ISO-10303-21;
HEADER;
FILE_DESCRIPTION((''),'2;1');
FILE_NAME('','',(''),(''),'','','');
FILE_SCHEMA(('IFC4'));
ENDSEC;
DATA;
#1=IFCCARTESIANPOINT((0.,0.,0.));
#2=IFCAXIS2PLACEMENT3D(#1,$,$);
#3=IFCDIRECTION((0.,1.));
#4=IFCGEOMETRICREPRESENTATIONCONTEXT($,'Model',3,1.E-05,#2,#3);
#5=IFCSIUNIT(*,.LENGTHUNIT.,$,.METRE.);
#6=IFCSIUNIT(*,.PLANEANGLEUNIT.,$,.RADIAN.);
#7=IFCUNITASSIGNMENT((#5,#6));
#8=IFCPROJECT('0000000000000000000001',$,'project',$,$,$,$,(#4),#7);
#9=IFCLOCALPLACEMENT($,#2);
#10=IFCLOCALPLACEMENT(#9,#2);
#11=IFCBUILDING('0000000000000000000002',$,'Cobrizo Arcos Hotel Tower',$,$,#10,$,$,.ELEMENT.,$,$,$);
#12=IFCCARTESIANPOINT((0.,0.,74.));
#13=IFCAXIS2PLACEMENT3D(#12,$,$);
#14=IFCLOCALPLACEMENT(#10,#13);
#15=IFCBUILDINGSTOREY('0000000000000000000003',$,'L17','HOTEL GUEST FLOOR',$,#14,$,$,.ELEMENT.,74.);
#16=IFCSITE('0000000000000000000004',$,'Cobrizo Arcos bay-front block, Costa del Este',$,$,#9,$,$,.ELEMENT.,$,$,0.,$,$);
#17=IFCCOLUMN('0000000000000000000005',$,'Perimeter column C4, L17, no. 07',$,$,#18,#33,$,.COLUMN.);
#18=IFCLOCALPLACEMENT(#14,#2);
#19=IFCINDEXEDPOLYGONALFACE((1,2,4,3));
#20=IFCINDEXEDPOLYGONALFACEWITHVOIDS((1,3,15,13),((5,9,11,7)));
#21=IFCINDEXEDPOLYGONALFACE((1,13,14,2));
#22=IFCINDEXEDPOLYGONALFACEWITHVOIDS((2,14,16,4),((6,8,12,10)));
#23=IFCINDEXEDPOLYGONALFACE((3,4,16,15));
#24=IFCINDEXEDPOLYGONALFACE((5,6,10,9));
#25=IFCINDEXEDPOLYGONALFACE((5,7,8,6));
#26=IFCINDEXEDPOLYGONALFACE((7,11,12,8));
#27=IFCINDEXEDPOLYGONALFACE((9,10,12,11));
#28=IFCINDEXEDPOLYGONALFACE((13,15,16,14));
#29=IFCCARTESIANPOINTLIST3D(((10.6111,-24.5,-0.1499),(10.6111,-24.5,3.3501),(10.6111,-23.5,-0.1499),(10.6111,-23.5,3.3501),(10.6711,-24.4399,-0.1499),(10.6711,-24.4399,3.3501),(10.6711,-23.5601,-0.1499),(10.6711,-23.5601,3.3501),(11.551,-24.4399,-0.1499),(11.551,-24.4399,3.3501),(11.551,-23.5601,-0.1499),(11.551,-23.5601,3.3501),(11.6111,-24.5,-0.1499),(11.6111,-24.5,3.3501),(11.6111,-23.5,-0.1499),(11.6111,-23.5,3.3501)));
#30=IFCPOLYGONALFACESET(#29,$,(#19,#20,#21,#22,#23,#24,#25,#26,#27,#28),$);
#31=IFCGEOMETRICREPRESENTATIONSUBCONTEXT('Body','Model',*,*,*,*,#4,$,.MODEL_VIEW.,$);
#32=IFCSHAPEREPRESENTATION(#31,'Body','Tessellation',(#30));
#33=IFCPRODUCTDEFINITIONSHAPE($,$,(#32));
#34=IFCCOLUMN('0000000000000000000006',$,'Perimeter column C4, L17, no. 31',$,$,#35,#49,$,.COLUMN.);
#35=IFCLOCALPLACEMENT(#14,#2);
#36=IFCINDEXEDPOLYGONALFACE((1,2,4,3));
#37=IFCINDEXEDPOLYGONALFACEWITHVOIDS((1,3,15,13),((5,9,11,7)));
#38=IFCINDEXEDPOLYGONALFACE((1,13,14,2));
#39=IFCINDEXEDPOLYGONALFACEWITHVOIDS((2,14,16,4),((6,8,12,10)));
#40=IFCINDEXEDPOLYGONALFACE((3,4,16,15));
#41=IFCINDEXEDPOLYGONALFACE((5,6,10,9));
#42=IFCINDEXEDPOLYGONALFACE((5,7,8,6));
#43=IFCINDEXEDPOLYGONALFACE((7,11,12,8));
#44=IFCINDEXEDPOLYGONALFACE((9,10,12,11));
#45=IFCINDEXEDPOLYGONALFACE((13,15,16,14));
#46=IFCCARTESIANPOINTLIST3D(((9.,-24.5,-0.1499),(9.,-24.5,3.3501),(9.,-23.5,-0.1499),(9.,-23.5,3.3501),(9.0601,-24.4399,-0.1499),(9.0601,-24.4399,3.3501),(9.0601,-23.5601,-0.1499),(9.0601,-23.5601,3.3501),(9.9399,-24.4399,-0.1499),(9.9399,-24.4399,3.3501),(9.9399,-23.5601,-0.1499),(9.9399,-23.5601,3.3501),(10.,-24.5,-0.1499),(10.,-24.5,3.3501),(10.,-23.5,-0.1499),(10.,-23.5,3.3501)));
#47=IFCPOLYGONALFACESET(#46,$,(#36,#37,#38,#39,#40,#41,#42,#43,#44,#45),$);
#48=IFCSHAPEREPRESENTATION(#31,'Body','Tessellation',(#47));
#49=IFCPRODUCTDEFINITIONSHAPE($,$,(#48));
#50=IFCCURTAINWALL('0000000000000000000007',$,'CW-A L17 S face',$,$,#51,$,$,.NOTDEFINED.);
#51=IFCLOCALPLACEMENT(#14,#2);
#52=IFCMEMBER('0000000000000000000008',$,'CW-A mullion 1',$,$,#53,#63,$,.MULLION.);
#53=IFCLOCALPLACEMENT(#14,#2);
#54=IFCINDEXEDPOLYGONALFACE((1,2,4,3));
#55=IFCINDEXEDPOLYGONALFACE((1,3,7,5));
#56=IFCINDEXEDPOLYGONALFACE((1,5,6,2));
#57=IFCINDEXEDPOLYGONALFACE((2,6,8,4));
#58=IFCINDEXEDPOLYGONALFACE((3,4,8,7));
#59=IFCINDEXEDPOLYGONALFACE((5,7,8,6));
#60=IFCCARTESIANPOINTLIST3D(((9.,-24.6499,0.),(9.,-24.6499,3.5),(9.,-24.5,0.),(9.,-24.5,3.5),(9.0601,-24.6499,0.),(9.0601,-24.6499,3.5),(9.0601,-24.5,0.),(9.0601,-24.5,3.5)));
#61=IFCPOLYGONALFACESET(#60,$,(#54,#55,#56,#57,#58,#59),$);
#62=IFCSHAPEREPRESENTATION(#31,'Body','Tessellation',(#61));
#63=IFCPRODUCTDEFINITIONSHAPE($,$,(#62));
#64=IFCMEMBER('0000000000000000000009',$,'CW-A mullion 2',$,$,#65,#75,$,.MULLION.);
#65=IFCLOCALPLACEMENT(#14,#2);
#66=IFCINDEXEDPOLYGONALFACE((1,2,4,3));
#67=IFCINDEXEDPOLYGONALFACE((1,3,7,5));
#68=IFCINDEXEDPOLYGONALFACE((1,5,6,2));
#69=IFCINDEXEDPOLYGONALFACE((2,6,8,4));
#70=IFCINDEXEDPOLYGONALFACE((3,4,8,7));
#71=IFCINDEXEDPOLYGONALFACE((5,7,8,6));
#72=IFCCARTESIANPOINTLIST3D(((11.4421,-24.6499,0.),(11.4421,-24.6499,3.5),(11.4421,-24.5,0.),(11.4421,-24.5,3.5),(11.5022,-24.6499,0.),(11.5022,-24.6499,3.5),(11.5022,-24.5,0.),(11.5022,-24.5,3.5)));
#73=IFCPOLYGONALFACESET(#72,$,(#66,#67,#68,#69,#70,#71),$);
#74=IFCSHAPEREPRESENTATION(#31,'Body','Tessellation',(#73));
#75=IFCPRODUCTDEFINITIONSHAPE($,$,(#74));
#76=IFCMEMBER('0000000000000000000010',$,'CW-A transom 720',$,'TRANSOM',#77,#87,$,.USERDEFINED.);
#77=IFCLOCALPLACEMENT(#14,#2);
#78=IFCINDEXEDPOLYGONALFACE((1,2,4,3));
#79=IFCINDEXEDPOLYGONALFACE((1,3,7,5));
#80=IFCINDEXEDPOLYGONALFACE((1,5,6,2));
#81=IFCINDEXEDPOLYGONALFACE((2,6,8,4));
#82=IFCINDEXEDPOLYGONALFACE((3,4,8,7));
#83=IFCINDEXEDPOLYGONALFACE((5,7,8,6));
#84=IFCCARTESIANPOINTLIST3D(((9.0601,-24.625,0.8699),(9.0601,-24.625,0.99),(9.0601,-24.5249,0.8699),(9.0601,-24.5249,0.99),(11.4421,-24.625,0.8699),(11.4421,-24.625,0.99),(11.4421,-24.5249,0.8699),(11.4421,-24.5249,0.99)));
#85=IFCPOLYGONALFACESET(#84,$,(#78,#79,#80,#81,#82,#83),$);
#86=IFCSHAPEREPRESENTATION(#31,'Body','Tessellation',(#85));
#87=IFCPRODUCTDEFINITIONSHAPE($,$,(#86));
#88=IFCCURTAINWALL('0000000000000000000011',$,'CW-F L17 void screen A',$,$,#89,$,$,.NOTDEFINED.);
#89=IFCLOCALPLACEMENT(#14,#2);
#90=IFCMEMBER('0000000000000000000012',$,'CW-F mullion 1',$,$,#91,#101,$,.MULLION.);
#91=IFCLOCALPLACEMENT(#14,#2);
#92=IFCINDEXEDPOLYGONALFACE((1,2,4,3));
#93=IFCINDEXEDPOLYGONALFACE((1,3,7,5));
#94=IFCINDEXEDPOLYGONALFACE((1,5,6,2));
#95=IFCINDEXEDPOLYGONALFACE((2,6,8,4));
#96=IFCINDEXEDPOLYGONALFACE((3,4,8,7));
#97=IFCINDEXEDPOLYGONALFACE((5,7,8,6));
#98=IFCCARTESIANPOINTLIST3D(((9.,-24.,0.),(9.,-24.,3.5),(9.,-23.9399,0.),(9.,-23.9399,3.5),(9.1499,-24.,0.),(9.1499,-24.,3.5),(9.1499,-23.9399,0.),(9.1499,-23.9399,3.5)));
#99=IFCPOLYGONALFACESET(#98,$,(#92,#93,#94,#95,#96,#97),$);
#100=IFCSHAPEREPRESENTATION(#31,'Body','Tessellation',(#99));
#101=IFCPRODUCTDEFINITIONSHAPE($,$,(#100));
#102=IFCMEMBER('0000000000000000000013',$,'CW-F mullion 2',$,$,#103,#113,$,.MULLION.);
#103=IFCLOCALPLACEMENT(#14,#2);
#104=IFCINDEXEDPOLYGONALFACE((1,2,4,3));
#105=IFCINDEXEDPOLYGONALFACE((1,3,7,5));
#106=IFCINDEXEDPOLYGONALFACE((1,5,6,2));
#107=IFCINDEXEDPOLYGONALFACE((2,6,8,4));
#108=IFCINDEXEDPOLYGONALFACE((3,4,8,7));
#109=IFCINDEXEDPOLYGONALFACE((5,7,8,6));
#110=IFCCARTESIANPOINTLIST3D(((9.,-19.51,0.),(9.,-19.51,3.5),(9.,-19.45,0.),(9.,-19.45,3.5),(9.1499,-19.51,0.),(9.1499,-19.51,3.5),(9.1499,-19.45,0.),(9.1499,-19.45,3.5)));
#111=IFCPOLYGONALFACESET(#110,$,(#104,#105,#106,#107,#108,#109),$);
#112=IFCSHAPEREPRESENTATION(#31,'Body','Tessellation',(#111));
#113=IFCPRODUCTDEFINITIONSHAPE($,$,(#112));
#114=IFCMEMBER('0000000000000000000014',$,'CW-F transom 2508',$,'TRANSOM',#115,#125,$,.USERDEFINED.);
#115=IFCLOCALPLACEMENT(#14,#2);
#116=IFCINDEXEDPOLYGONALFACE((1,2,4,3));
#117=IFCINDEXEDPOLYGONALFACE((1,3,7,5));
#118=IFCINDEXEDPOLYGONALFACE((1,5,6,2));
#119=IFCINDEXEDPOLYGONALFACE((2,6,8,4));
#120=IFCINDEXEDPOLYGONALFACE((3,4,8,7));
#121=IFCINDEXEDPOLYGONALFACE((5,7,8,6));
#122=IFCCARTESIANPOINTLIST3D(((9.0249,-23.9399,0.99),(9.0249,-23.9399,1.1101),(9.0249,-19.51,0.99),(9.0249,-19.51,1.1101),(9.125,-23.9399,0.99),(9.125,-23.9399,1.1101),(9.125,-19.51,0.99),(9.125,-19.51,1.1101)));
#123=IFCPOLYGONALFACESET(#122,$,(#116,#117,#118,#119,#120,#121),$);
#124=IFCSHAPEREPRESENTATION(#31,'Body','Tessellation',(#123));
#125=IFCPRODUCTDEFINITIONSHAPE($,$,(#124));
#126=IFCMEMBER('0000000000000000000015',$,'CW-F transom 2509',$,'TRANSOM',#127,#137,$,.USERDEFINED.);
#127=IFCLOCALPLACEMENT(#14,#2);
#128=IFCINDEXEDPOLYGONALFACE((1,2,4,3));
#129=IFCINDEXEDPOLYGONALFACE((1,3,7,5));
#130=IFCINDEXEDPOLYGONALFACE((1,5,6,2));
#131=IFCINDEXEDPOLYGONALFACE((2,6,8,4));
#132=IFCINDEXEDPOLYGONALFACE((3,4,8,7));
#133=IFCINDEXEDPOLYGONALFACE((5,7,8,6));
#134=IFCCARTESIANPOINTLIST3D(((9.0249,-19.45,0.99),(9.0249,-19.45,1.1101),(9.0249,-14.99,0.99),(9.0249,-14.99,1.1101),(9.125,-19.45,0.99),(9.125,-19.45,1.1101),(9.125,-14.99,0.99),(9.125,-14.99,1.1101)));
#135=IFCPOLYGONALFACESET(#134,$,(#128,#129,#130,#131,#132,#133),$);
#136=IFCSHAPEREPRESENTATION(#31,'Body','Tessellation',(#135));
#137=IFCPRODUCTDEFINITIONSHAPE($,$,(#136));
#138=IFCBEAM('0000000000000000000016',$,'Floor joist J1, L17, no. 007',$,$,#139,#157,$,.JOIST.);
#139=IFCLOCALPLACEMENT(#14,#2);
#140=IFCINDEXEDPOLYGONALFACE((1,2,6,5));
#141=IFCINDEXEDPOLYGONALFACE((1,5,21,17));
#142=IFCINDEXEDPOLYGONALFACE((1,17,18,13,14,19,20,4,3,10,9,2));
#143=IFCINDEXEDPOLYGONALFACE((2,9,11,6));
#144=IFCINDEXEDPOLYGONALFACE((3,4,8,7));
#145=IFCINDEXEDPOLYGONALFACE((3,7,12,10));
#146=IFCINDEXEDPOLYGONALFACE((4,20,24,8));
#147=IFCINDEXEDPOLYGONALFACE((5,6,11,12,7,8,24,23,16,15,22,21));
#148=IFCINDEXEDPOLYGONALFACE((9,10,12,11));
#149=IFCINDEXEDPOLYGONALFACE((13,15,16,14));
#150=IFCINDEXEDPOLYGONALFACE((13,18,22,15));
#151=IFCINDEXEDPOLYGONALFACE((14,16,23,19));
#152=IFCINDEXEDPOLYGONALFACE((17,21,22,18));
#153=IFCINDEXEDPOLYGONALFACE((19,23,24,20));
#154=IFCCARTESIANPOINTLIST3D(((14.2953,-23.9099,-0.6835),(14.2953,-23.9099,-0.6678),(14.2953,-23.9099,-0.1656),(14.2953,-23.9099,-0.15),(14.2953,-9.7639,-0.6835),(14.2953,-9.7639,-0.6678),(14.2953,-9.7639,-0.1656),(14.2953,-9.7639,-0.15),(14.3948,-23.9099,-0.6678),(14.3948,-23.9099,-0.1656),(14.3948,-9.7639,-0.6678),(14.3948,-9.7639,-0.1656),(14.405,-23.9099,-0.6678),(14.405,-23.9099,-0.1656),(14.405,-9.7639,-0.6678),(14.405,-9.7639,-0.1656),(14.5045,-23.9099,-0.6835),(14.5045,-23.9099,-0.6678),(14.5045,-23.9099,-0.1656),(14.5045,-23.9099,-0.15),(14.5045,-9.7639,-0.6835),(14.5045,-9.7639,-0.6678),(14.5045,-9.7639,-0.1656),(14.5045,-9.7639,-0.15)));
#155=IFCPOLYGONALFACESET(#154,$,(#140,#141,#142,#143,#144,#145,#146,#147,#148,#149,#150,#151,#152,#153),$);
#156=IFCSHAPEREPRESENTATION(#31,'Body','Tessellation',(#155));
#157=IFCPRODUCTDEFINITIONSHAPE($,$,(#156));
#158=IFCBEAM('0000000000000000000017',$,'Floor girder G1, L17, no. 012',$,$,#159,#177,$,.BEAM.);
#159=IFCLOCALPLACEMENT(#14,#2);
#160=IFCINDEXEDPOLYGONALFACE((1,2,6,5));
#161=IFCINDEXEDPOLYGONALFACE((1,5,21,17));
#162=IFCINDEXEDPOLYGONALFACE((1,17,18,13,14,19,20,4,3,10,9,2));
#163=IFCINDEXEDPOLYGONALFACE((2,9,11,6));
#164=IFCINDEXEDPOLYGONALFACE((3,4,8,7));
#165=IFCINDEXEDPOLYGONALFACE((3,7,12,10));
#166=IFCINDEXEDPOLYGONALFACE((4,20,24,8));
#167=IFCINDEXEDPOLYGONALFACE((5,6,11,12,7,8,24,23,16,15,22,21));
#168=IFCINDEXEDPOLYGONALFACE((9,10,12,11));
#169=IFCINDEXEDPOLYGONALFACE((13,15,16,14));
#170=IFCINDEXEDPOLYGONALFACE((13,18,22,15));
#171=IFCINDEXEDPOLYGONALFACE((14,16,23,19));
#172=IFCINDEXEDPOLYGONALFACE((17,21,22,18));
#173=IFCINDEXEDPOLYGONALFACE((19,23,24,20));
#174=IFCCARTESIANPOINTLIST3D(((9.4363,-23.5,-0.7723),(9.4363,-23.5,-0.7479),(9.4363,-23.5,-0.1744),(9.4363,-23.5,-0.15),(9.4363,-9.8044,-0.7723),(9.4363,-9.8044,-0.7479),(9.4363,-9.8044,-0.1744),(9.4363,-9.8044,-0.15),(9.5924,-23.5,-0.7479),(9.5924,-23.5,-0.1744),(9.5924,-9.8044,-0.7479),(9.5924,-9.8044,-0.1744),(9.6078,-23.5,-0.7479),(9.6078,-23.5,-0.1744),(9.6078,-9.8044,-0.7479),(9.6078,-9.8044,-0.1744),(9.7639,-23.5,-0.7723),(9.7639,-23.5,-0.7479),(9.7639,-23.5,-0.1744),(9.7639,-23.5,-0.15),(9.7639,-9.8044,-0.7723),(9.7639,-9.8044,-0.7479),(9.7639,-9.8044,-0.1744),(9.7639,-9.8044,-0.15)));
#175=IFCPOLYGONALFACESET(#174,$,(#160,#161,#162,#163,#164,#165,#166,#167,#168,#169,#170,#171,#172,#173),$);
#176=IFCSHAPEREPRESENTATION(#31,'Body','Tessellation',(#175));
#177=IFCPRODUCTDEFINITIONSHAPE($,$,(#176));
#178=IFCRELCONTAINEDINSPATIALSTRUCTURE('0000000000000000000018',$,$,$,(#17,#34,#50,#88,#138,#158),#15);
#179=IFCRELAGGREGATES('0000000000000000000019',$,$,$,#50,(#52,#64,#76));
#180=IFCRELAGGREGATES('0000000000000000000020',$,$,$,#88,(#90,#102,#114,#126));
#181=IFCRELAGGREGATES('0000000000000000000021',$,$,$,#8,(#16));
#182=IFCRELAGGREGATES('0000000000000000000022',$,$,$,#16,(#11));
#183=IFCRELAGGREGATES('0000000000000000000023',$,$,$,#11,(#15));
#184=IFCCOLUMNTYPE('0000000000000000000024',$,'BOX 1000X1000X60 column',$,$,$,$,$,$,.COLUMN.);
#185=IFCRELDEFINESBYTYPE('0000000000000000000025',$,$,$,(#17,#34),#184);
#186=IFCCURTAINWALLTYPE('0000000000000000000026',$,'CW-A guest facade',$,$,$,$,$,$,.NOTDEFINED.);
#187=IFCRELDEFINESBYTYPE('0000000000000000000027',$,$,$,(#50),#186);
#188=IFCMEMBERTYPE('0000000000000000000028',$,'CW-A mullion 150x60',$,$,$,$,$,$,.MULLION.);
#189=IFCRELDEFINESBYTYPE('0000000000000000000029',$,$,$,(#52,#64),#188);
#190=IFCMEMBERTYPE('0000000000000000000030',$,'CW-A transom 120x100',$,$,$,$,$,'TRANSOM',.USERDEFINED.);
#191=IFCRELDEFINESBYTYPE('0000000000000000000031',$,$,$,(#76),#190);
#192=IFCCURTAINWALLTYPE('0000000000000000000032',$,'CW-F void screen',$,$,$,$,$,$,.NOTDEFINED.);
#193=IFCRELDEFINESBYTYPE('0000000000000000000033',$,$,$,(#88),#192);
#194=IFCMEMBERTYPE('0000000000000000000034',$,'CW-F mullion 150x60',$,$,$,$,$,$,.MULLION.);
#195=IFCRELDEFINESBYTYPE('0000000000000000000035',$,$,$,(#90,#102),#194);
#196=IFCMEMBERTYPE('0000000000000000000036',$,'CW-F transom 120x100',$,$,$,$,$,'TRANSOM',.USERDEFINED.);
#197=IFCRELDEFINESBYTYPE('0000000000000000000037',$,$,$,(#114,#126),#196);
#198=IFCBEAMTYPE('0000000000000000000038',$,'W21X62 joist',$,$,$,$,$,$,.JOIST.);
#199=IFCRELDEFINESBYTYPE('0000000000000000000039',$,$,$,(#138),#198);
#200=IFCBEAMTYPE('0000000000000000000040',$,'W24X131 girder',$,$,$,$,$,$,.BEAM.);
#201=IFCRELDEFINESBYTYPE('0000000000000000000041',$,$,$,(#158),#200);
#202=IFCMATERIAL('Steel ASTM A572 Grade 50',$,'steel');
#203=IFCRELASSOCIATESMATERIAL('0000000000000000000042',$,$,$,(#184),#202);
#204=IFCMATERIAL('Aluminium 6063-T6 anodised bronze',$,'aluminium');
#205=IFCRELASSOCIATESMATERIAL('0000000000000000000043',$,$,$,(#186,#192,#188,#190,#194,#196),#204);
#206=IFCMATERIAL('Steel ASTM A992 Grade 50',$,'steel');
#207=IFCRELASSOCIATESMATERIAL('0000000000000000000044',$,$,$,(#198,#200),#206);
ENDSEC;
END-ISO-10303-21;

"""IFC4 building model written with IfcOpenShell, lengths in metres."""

from ifc_helpers import new_model, si_unit, direction, frame, origin, origin_2d, place, context, subcontext, project, spatial, rectangle, hollow_rectangle, i_section, extrude, material, material_profile, profile_set, type_object, element, aggregate, save


model = new_model("IFC4")

# Units and contexts
model_context = context("Model", 3, precision=1e-05, world=origin(), true_north=direction((0.0, 1.0)))
body_context = subcontext(model_context, "Body", "Model", "MODEL_VIEW")
ifc_project = project(units=[si_unit("LENGTHUNIT", "METRE"), si_unit("PLANEANGLEUNIT", "RADIAN")], contexts=[model_context])

# Site, building, storey
site_placement = place(None, origin())
site = spatial("IfcSite", under=ifc_project, at=site_placement, Name="Cobrizo Arcos bay-front block, Costa del Este", CompositionType="ELEMENT", RefElevation=0.0)
building_placement = place(site_placement, origin())
building = spatial("IfcBuilding", under=site, at=building_placement, Name="Cobrizo Arcos Hotel Tower", CompositionType="ELEMENT")
storey_placement = place(building_placement, frame((0.0, 0.0, 74.0)))
storey = spatial("IfcBuildingStorey", under=building, at=storey_placement, Name="L17", Description="HOTEL GUEST FLOOR", CompositionType="ELEMENT", Elevation=74.0)

# Columns
ifc_material_1 = material(Name="Steel ASTM A572 Grade 50", Category="steel")
ifc_material_profile_1 = material_profile(ifc_material_1, hollow_rectangle(XDim=1.0, YDim=1.0, WallThickness=0.0601, at=origin_2d()), Name="BOX 1000X1000X60")
ifc_profile_set_1 = profile_set([ifc_material_profile_1], Name="Steel ASTM A572 Grade 50")
column_type = type_object("IfcColumnType", Name="BOX 1000X1000X60 column", PredefinedType="COLUMN", material=ifc_profile_set_1)
for number, where, z_axis, x_axis, name in (
    (1, (11.1111, -24.0, -0.1499), (0.0, 0.0, 1.0), (1.0, 0.0, 0.0), "Perimeter column C4, L17, no. 07"),
    (2, (9.5, -24.0, -0.1499), (0.0, 0.0, 1.0), (1.0, 0.0, 0.0), "Perimeter column C4, L17, no. 31"),
):
    element("IfcColumn", number, at=place(storey_placement, frame(where, z_axis=z_axis, x_axis=x_axis)), inside=storey, type_object=column_type, Name=name, PredefinedType="COLUMN", context=body_context, shape_type="SweptSolid", body=[
        extrude(hollow_rectangle(XDim=1.0, YDim=1.0, WallThickness=0.0601, at=origin_2d()), origin(), (0.0, 0.0, 1.0), 3.5),
    ])

# Curtain walls, members
ifc_material_2 = material(Name="Aluminium 6063-T6 anodised bronze", Category="aluminium")
curtain_wall_type_1 = type_object("IfcCurtainWallType", Name="CW-A guest facade", PredefinedType="NOTDEFINED", material=ifc_material_2)
curtain_wall_1_placement = place(storey_placement, origin())
curtain_wall_1 = element("IfcCurtainWall", 3, at=curtain_wall_1_placement, inside=storey, type_object=curtain_wall_type_1, Name="CW-A L17 S face", PredefinedType="NOTDEFINED")
ifc_material_profile_2 = material_profile(ifc_material_2, rectangle(XDim=0.1499, YDim=0.0601, at=origin_2d()), Name="CW-A mullion 150x60")
ifc_profile_set_2 = profile_set([ifc_material_profile_2], Name="Aluminium 6063-T6 anodised bronze")
member_type_1 = type_object("IfcMemberType", Name="CW-A mullion 150x60", PredefinedType="MULLION", material=ifc_profile_set_2)
member_1_placement = place(storey_placement, frame((9.03, -24.575, 0.0), z_axis=(0.0, 0.0, 1.0), x_axis=(0.0, -1.0, 0.0)))
member_1 = element("IfcMember", 4, at=member_1_placement, type_object=member_type_1, Name="CW-A mullion 1", PredefinedType="MULLION", context=body_context, shape_type="SweptSolid", body=[
    extrude(rectangle(XDim=0.1499, YDim=0.0601, at=origin_2d()), origin(), (0.0, 0.0, 1.0), 3.5),
])
member_2_placement = place(storey_placement, frame((11.4722, -24.575, 0.0), z_axis=(0.0, 0.0, 1.0), x_axis=(0.0, -1.0, 0.0)))
member_2 = element("IfcMember", 5, at=member_2_placement, type_object=member_type_1, Name="CW-A mullion 2", PredefinedType="MULLION", context=body_context, shape_type="SweptSolid", body=[
    extrude(rectangle(XDim=0.1499, YDim=0.0601, at=origin_2d()), origin(), (0.0, 0.0, 1.0), 3.5),
])
ifc_material_profile_3 = material_profile(ifc_material_2, rectangle(XDim=0.1001, YDim=0.1201, at=origin_2d()), Name="CW-A transom 120x100")
ifc_profile_set_3 = profile_set([ifc_material_profile_3], Name="Aluminium 6063-T6 anodised bronze")
member_type_2 = type_object("IfcMemberType", Name="CW-A transom 120x100", ElementType="TRANSOM", PredefinedType="USERDEFINED", material=ifc_profile_set_3)
member_3_placement = place(storey_placement, frame((9.0601, -24.575, 0.9299), z_axis=(1.0, 0.0, 0.0), x_axis=(0.0, 1.0, 0.0)))
member_3 = element("IfcMember", 6, at=member_3_placement, type_object=member_type_2, Name="CW-A transom 720", ObjectType="TRANSOM", PredefinedType="USERDEFINED", context=body_context, shape_type="SweptSolid", body=[
    extrude(rectangle(XDim=0.1001, YDim=0.1201, at=origin_2d()), origin(), (0.0, 0.0, 1.0), 2.3821),
])
curtain_wall_type_2 = type_object("IfcCurtainWallType", Name="CW-F void screen", PredefinedType="NOTDEFINED", material=ifc_material_2)
curtain_wall_2_placement = place(storey_placement, origin())
curtain_wall_2 = element("IfcCurtainWall", 7, at=curtain_wall_2_placement, inside=storey, type_object=curtain_wall_type_2, Name="CW-F L17 void screen A", PredefinedType="NOTDEFINED")
ifc_material_profile_4 = material_profile(ifc_material_2, rectangle(XDim=0.1499, YDim=0.0601, at=origin_2d()), Name="CW-F mullion 150x60")
ifc_profile_set_4 = profile_set([ifc_material_profile_4], Name="Aluminium 6063-T6 anodised bronze")
member_type_3 = type_object("IfcMemberType", Name="CW-F mullion 150x60", PredefinedType="MULLION", material=ifc_profile_set_4)
member_4_placement = place(storey_placement, frame((9.075, -23.97, 0.0), z_axis=(0.0, 0.0, 1.0), x_axis=(1.0, 0.0, 0.0)))
member_4 = element("IfcMember", 8, at=member_4_placement, type_object=member_type_3, Name="CW-F mullion 1", PredefinedType="MULLION", context=body_context, shape_type="SweptSolid", body=[
    extrude(rectangle(XDim=0.1499, YDim=0.0601, at=origin_2d()), origin(), (0.0, 0.0, 1.0), 3.5),
])
member_5_placement = place(storey_placement, frame((9.075, -19.48, 0.0), z_axis=(0.0, 0.0, 1.0), x_axis=(1.0, 0.0, 0.0)))
member_5 = element("IfcMember", 9, at=member_5_placement, type_object=member_type_3, Name="CW-F mullion 2", PredefinedType="MULLION", context=body_context, shape_type="SweptSolid", body=[
    extrude(rectangle(XDim=0.1499, YDim=0.0601, at=origin_2d()), origin(), (0.0, 0.0, 1.0), 3.5),
])
ifc_material_profile_5 = material_profile(ifc_material_2, rectangle(XDim=0.1001, YDim=0.1201, at=origin_2d()), Name="CW-F transom 120x100")
ifc_profile_set_5 = profile_set([ifc_material_profile_5], Name="Aluminium 6063-T6 anodised bronze")
member_type_4 = type_object("IfcMemberType", Name="CW-F transom 120x100", ElementType="TRANSOM", PredefinedType="USERDEFINED", material=ifc_profile_set_5)
member_6_placement = place(storey_placement, frame((9.075, -23.9399, 1.05), z_axis=(0.0, 1.0, 0.0), x_axis=(-1.0, 0.0, 0.0)))
member_6 = element("IfcMember", 10, at=member_6_placement, type_object=member_type_4, Name="CW-F transom 2508", ObjectType="TRANSOM", PredefinedType="USERDEFINED", context=body_context, shape_type="SweptSolid", body=[
    extrude(rectangle(XDim=0.1001, YDim=0.1201, at=origin_2d()), origin(), (0.0, 0.0, 1.0), 4.4299),
])
member_7_placement = place(storey_placement, frame((9.075, -19.45, 1.05), z_axis=(0.0, 1.0, 0.0), x_axis=(-1.0, 0.0, 0.0)))
member_7 = element("IfcMember", 11, at=member_7_placement, type_object=member_type_4, Name="CW-F transom 2509", ObjectType="TRANSOM", PredefinedType="USERDEFINED", context=body_context, shape_type="SweptSolid", body=[
    extrude(rectangle(XDim=0.1001, YDim=0.1201, at=origin_2d()), origin(), (0.0, 0.0, 1.0), 4.46),
])

# Beams
ifc_material_3 = material(Name="Steel ASTM A992 Grade 50", Category="steel")
ifc_material_profile_6 = material_profile(ifc_material_3, i_section(OverallWidth=0.2092, OverallDepth=0.5334, WebThickness=0.0103, FlangeThickness=0.0156, at=origin_2d()), Name="W21X62")
ifc_profile_set_6 = profile_set([ifc_material_profile_6], Name="Steel ASTM A992 Grade 50")
beam_type_1 = type_object("IfcBeamType", Name="W21X62 joist", PredefinedType="JOIST", material=ifc_profile_set_6)
beam_1_placement = place(storey_placement, frame((14.3999, -23.9099, -0.4167), z_axis=(0.0, 1.0, 0.0), x_axis=(-1.0, 0.0, 0.0)))
element("IfcBeam", 12, at=beam_1_placement, inside=storey, type_object=beam_type_1, Name="Floor joist J1, L17, no. 007", PredefinedType="JOIST", context=body_context, shape_type="SweptSolid", body=[
    extrude(i_section(OverallWidth=0.2092, OverallDepth=0.5334, WebThickness=0.0103, FlangeThickness=0.0156, at=origin_2d()), origin(), (0.0, 0.0, 1.0), 14.146),
])
ifc_material_profile_7 = material_profile(ifc_material_3, i_section(OverallWidth=0.3276, OverallDepth=0.6223, WebThickness=0.0154, FlangeThickness=0.0244, at=origin_2d()), Name="W24X131")
ifc_profile_set_7 = profile_set([ifc_material_profile_7], Name="Steel ASTM A992 Grade 50")
beam_type_2 = type_object("IfcBeamType", Name="W24X131 girder", PredefinedType="BEAM", material=ifc_profile_set_7)
beam_2_placement = place(storey_placement, frame((9.6001, -23.5, -0.4612), z_axis=(0.0, 1.0, 0.0), x_axis=(-1.0, 0.0, 0.0)))
element("IfcBeam", 13, at=beam_2_placement, inside=storey, type_object=beam_type_2, Name="Floor girder G1, L17, no. 012", PredefinedType="BEAM", context=body_context, shape_type="SweptSolid", body=[
    extrude(i_section(OverallWidth=0.3276, OverallDepth=0.6223, WebThickness=0.0154, FlangeThickness=0.0244, at=origin_2d()), origin(), (0.0, 0.0, 1.0), 13.6956),
])

aggregate(curtain_wall_1, [member_1, member_2, member_3])
aggregate(curtain_wall_2, [member_4, member_5, member_6, member_7])

save(model, "model.ifc")
